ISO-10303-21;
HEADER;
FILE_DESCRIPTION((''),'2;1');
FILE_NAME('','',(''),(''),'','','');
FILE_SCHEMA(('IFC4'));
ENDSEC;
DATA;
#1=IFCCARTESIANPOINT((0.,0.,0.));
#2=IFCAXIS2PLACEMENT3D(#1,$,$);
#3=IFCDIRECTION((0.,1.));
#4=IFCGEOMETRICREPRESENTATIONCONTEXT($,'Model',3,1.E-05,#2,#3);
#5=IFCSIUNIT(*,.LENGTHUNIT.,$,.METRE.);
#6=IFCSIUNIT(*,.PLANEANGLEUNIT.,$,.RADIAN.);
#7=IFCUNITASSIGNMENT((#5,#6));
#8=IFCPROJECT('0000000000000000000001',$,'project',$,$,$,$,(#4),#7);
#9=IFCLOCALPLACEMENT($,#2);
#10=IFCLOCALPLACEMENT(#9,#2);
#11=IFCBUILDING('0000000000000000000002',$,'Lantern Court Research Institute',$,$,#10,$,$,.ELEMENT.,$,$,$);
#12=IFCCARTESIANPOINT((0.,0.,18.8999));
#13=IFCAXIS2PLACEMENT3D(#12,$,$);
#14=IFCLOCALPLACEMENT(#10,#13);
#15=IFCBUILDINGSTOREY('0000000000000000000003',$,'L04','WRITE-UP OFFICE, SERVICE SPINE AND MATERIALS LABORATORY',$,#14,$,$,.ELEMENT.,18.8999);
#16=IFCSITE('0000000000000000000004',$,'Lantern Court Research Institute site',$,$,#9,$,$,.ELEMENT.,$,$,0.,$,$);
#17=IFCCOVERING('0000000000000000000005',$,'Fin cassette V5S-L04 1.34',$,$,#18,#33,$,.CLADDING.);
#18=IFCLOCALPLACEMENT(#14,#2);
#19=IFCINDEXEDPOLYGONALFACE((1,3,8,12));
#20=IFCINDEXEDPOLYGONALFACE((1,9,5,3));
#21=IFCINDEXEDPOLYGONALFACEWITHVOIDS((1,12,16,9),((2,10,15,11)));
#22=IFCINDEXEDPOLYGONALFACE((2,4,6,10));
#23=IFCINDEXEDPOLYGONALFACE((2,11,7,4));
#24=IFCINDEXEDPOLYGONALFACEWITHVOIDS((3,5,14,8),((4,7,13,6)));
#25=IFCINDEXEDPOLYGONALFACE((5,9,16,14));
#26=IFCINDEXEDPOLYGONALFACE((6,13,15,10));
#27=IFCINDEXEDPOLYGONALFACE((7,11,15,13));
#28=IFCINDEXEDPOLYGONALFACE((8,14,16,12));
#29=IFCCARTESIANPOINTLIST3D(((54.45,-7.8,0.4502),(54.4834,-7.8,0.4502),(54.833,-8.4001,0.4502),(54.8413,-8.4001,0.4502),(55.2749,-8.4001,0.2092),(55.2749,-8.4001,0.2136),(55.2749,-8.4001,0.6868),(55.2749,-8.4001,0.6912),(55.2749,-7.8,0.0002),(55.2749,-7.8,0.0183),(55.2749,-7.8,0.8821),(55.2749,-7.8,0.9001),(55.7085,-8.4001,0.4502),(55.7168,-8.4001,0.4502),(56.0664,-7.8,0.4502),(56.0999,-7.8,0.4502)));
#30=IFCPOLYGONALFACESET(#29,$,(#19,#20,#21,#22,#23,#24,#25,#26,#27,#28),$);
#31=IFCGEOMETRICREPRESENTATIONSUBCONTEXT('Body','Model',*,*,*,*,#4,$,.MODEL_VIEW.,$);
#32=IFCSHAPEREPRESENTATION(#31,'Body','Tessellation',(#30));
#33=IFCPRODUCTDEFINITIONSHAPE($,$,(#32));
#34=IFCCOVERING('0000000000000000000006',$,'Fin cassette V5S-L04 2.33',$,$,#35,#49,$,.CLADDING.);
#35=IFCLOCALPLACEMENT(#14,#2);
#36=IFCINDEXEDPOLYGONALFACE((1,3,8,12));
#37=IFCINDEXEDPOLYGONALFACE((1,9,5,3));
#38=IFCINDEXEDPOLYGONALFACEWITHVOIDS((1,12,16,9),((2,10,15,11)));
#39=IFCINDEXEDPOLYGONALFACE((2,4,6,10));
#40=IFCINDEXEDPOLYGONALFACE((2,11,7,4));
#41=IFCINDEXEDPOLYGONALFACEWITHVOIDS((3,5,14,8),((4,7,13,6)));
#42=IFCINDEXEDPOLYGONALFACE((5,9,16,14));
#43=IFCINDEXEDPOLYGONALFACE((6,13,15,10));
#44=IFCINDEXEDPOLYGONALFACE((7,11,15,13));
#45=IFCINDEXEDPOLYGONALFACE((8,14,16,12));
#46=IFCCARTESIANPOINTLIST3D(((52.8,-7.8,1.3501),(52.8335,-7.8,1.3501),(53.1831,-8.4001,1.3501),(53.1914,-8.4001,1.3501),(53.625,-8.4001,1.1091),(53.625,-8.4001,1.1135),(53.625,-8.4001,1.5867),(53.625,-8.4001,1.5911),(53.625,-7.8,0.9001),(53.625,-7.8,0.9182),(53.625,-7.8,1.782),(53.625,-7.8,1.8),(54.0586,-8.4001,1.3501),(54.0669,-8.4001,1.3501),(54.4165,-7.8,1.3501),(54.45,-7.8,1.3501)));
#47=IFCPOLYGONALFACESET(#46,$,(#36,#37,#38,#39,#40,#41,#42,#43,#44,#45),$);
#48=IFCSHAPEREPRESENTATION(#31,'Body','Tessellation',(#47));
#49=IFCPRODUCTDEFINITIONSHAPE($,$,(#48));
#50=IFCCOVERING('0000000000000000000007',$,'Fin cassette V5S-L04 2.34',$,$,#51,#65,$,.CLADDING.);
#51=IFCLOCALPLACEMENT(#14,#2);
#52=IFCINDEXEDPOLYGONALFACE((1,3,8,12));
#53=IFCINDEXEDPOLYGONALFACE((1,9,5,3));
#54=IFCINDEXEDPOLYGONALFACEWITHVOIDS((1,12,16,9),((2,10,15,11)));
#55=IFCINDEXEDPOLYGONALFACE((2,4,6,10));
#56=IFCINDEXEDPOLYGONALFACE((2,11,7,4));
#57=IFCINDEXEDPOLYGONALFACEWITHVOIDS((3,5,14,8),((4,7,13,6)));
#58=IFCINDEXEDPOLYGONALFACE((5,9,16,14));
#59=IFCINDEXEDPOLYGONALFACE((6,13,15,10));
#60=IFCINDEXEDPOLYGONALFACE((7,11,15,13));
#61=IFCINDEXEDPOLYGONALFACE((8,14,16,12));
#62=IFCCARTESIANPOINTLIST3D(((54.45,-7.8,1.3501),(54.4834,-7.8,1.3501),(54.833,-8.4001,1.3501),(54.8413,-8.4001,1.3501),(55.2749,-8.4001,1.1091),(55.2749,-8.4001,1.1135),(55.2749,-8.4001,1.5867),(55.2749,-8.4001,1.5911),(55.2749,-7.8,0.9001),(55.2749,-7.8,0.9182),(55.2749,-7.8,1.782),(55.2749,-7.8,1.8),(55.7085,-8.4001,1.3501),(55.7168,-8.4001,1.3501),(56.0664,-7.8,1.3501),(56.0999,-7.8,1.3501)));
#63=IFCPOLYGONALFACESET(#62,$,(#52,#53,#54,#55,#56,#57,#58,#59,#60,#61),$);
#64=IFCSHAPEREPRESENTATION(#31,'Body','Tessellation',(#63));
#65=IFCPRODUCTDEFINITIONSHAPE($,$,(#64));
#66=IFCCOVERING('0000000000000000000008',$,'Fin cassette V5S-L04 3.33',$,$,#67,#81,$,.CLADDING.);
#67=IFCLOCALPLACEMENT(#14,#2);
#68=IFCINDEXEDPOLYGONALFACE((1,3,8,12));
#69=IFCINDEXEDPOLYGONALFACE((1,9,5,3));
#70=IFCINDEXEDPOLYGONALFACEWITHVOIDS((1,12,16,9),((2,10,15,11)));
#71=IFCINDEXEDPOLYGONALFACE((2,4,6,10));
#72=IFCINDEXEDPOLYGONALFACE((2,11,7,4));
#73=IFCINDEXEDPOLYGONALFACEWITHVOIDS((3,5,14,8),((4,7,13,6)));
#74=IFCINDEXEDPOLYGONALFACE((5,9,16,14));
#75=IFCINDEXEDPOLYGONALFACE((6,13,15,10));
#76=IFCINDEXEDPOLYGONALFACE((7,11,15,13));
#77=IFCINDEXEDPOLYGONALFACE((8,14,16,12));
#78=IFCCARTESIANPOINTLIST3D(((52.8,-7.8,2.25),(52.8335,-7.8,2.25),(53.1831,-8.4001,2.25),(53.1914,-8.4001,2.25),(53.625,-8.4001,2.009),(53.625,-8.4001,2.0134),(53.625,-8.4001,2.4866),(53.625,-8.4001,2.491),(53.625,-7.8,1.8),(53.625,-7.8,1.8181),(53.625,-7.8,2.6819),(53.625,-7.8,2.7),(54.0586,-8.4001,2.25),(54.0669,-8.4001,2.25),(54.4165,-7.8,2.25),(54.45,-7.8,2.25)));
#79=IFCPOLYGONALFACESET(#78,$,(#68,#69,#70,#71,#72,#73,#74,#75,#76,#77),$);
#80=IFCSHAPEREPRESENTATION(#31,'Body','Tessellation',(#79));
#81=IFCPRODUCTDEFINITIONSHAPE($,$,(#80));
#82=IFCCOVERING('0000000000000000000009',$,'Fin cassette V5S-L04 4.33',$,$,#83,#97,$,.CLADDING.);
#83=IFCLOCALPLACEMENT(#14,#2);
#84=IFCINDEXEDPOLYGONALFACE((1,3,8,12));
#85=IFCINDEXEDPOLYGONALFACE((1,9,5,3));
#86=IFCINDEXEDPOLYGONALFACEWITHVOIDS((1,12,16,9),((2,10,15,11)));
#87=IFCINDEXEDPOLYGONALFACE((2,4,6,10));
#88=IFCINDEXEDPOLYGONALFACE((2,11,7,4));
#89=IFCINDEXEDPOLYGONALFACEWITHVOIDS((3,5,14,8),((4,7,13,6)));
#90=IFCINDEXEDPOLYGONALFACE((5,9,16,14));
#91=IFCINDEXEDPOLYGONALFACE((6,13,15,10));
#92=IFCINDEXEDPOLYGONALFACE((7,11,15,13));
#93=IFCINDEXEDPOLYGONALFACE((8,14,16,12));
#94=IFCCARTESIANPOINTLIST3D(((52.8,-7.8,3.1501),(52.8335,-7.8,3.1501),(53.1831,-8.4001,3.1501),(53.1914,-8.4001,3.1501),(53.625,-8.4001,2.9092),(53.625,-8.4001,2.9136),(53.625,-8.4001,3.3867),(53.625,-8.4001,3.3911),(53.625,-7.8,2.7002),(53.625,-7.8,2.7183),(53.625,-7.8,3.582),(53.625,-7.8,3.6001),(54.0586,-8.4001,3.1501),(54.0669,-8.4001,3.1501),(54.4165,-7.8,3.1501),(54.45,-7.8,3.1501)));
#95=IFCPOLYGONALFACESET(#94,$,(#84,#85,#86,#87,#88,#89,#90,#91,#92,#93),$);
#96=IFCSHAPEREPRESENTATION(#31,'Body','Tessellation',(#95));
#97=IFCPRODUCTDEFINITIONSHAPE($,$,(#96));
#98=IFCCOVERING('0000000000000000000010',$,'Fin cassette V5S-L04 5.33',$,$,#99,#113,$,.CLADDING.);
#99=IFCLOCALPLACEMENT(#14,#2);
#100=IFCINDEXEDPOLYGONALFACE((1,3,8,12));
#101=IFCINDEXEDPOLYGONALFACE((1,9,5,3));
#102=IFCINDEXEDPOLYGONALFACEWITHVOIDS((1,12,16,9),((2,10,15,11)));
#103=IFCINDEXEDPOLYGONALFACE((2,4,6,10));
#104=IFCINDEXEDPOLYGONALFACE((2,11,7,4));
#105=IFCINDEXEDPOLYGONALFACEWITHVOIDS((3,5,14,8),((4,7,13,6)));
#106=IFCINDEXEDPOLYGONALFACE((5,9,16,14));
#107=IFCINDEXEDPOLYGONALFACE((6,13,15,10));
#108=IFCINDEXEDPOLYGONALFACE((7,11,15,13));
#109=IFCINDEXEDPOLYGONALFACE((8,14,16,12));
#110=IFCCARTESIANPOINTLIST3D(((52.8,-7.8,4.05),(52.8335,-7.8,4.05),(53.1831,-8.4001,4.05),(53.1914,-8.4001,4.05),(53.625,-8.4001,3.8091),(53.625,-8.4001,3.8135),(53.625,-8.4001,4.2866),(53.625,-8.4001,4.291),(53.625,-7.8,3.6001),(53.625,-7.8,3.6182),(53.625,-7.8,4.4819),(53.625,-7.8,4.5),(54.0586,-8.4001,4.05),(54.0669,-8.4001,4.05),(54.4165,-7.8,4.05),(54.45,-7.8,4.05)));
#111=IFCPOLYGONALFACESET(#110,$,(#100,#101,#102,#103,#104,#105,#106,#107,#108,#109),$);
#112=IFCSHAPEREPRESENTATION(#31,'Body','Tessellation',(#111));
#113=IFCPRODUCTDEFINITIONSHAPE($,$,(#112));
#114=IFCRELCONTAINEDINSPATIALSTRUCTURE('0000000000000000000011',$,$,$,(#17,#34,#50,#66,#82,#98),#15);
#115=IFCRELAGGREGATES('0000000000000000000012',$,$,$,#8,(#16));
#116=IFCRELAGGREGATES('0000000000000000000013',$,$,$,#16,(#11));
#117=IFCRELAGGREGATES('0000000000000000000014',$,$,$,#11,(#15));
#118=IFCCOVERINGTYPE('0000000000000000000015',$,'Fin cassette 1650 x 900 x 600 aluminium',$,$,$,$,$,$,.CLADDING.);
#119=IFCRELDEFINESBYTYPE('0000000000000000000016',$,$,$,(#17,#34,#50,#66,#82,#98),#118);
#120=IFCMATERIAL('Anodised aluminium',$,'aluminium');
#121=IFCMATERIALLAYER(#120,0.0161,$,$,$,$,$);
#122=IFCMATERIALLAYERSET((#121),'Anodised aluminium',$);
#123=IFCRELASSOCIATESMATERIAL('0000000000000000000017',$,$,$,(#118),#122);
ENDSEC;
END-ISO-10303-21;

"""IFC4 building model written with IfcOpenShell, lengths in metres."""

from ifc_helpers import new_model, entity, si_unit, direction, frame, origin, place, context, subcontext, project, spatial, material, layer, layer_set, type_object, element, save


model = new_model("IFC4")

# Units and contexts
model_context = context("Model", 3, precision=1e-05, world=origin(), true_north=direction((0.0, 1.0)))
body_context = subcontext(model_context, "Body", "Model", "MODEL_VIEW")
ifc_project = project(units=[si_unit("LENGTHUNIT", "METRE"), si_unit("PLANEANGLEUNIT", "RADIAN")], contexts=[model_context])

# Site, building, storey
site_placement = place(None, origin())
site = spatial("IfcSite", under=ifc_project, at=site_placement, Name="Lantern Court Research Institute site", CompositionType="ELEMENT", RefElevation=0.0)
building_placement = place(site_placement, origin())
building = spatial("IfcBuilding", under=site, at=building_placement, Name="Lantern Court Research Institute", CompositionType="ELEMENT")
storey_placement = place(building_placement, frame((0.0, 0.0, 18.8999)))
storey = spatial("IfcBuildingStorey", under=building, at=storey_placement, Name="L04", Description="WRITE-UP OFFICE, SERVICE SPINE AND MATERIALS LABORATORY", CompositionType="ELEMENT", Elevation=18.8999)

# Coverings
ifc_material_1 = material(Name="Anodised aluminium", Category="aluminium")
ifc_layer_1 = layer(ifc_material_1, 0.0161)
ifc_layer_set_1 = layer_set([ifc_layer_1], Name="Anodised aluminium")
covering_type = type_object("IfcCoveringType", Name="Fin cassette 1650 x 900 x 600 aluminium", PredefinedType="CLADDING", material=ifc_layer_set_1)
covering_1_placement = place(storey_placement, frame((55.2749, -7.8, 0.4502), z_axis=(0.0, -1.0, 0.0), x_axis=(1.0, 0.0, 0.0)))
cartesian_point_1 = entity("IfcCartesianPoint", [0.825, 0.0])
cartesian_point_2 = entity("IfcCartesianPoint", [0.7915, 0.0])
cartesian_point_3 = entity("IfcCartesianPoint", [0.4419, 0.0])
cartesian_point_4 = entity("IfcCartesianPoint", [0.4336, 0.0])
element("IfcCovering", 1, at=covering_1_placement, inside=storey, type_object=covering_type, Name="Fin cassette V5S-L04 1.34", PredefinedType="CLADDING", context=body_context, shape_type="SweptSolid", body=[
    entity("IfcExtrudedAreaSolidTapered", entity("IfcArbitraryProfileDefWithVoids", "AREA", None, entity("IfcPolyline", [cartesian_point_1, entity("IfcCartesianPoint", [0.0, 0.45]), entity("IfcCartesianPoint", [-0.825, 0.0]), entity("IfcCartesianPoint", [0.0, -0.45]), cartesian_point_1]), [entity("IfcPolyline", [cartesian_point_2, entity("IfcCartesianPoint", [0.0, 0.4319]), entity("IfcCartesianPoint", [-0.7915, 0.0]), entity("IfcCartesianPoint", [0.0, -0.4319]), cartesian_point_2])]), entity("IfcAxis2Placement3D", entity("IfcCartesianPoint", [0.0, 0.0, 0.0])), entity("IfcDirection", [0.0, 0.0, 1.0]), 0.6001, entity("IfcArbitraryProfileDefWithVoids", "AREA", None, entity("IfcPolyline", [cartesian_point_3, entity("IfcCartesianPoint", [0.0, 0.241]), entity("IfcCartesianPoint", [-0.4419, 0.0]), entity("IfcCartesianPoint", [0.0, -0.241]), cartesian_point_3]), [entity("IfcPolyline", [cartesian_point_4, entity("IfcCartesianPoint", [0.0, 0.2366]), entity("IfcCartesianPoint", [-0.4336, 0.0]), entity("IfcCartesianPoint", [0.0, -0.2366]), cartesian_point_4])])),
])
covering_2_placement = place(storey_placement, frame((53.625, -7.8, 1.3501), z_axis=(0.0, -1.0, 0.0), x_axis=(1.0, 0.0, 0.0)))
cartesian_point_5 = entity("IfcCartesianPoint", [0.825, 0.0])
cartesian_point_6 = entity("IfcCartesianPoint", [0.7915, 0.0])
cartesian_point_7 = entity("IfcCartesianPoint", [0.4419, 0.0])
cartesian_point_8 = entity("IfcCartesianPoint", [0.4336, 0.0])
element("IfcCovering", 2, at=covering_2_placement, inside=storey, type_object=covering_type, Name="Fin cassette V5S-L04 2.33", PredefinedType="CLADDING", context=body_context, shape_type="SweptSolid", body=[
    entity("IfcExtrudedAreaSolidTapered", entity("IfcArbitraryProfileDefWithVoids", "AREA", None, entity("IfcPolyline", [cartesian_point_5, entity("IfcCartesianPoint", [0.0, 0.45]), entity("IfcCartesianPoint", [-0.825, 0.0]), entity("IfcCartesianPoint", [0.0, -0.45]), cartesian_point_5]), [entity("IfcPolyline", [cartesian_point_6, entity("IfcCartesianPoint", [0.0, 0.4319]), entity("IfcCartesianPoint", [-0.7915, 0.0]), entity("IfcCartesianPoint", [0.0, -0.4319]), cartesian_point_6])]), entity("IfcAxis2Placement3D", entity("IfcCartesianPoint", [0.0, 0.0, 0.0])), entity("IfcDirection", [0.0, 0.0, 1.0]), 0.6001, entity("IfcArbitraryProfileDefWithVoids", "AREA", None, entity("IfcPolyline", [cartesian_point_7, entity("IfcCartesianPoint", [0.0, 0.241]), entity("IfcCartesianPoint", [-0.4419, 0.0]), entity("IfcCartesianPoint", [0.0, -0.241]), cartesian_point_7]), [entity("IfcPolyline", [cartesian_point_8, entity("IfcCartesianPoint", [0.0, 0.2366]), entity("IfcCartesianPoint", [-0.4336, 0.0]), entity("IfcCartesianPoint", [0.0, -0.2366]), cartesian_point_8])])),
])
covering_3_placement = place(storey_placement, frame((55.2749, -7.8, 1.3501), z_axis=(0.0, -1.0, 0.0), x_axis=(1.0, 0.0, 0.0)))
cartesian_point_9 = entity("IfcCartesianPoint", [0.825, 0.0])
cartesian_point_10 = entity("IfcCartesianPoint", [0.7915, 0.0])
cartesian_point_11 = entity("IfcCartesianPoint", [0.4419, 0.0])
cartesian_point_12 = entity("IfcCartesianPoint", [0.4336, 0.0])
element("IfcCovering", 3, at=covering_3_placement, inside=storey, type_object=covering_type, Name="Fin cassette V5S-L04 2.34", PredefinedType="CLADDING", context=body_context, shape_type="SweptSolid", body=[
    entity("IfcExtrudedAreaSolidTapered", entity("IfcArbitraryProfileDefWithVoids", "AREA", None, entity("IfcPolyline", [cartesian_point_9, entity("IfcCartesianPoint", [0.0, 0.45]), entity("IfcCartesianPoint", [-0.825, 0.0]), entity("IfcCartesianPoint", [0.0, -0.45]), cartesian_point_9]), [entity("IfcPolyline", [cartesian_point_10, entity("IfcCartesianPoint", [0.0, 0.4319]), entity("IfcCartesianPoint", [-0.7915, 0.0]), entity("IfcCartesianPoint", [0.0, -0.4319]), cartesian_point_10])]), entity("IfcAxis2Placement3D", entity("IfcCartesianPoint", [0.0, 0.0, 0.0])), entity("IfcDirection", [0.0, 0.0, 1.0]), 0.6001, entity("IfcArbitraryProfileDefWithVoids", "AREA", None, entity("IfcPolyline", [cartesian_point_11, entity("IfcCartesianPoint", [0.0, 0.241]), entity("IfcCartesianPoint", [-0.4419, 0.0]), entity("IfcCartesianPoint", [0.0, -0.241]), cartesian_point_11]), [entity("IfcPolyline", [cartesian_point_12, entity("IfcCartesianPoint", [0.0, 0.2366]), entity("IfcCartesianPoint", [-0.4336, 0.0]), entity("IfcCartesianPoint", [0.0, -0.2366]), cartesian_point_12])])),
])
covering_4_placement = place(storey_placement, frame((53.625, -7.8, 2.25), z_axis=(0.0, -1.0, 0.0), x_axis=(1.0, 0.0, 0.0)))
cartesian_point_13 = entity("IfcCartesianPoint", [0.825, 0.0])
cartesian_point_14 = entity("IfcCartesianPoint", [0.7915, 0.0])
cartesian_point_15 = entity("IfcCartesianPoint", [0.4419, 0.0])
cartesian_point_16 = entity("IfcCartesianPoint", [0.4336, 0.0])
element("IfcCovering", 4, at=covering_4_placement, inside=storey, type_object=covering_type, Name="Fin cassette V5S-L04 3.33", PredefinedType="CLADDING", context=body_context, shape_type="SweptSolid", body=[
    entity("IfcExtrudedAreaSolidTapered", entity("IfcArbitraryProfileDefWithVoids", "AREA", None, entity("IfcPolyline", [cartesian_point_13, entity("IfcCartesianPoint", [0.0, 0.45]), entity("IfcCartesianPoint", [-0.825, 0.0]), entity("IfcCartesianPoint", [0.0, -0.45]), cartesian_point_13]), [entity("IfcPolyline", [cartesian_point_14, entity("IfcCartesianPoint", [0.0, 0.4319]), entity("IfcCartesianPoint", [-0.7915, 0.0]), entity("IfcCartesianPoint", [0.0, -0.4319]), cartesian_point_14])]), entity("IfcAxis2Placement3D", entity("IfcCartesianPoint", [0.0, 0.0, 0.0])), entity("IfcDirection", [0.0, 0.0, 1.0]), 0.6001, entity("IfcArbitraryProfileDefWithVoids", "AREA", None, entity("IfcPolyline", [cartesian_point_15, entity("IfcCartesianPoint", [0.0, 0.241]), entity("IfcCartesianPoint", [-0.4419, 0.0]), entity("IfcCartesianPoint", [0.0, -0.241]), cartesian_point_15]), [entity("IfcPolyline", [cartesian_point_16, entity("IfcCartesianPoint", [0.0, 0.2366]), entity("IfcCartesianPoint", [-0.4336, 0.0]), entity("IfcCartesianPoint", [0.0, -0.2366]), cartesian_point_16])])),
])
covering_5_placement = place(storey_placement, frame((53.625, -7.8, 3.1501), z_axis=(0.0, -1.0, 0.0), x_axis=(1.0, 0.0, 0.0)))
cartesian_point_17 = entity("IfcCartesianPoint", [0.825, 0.0])
cartesian_point_18 = entity("IfcCartesianPoint", [0.7915, 0.0])
cartesian_point_19 = entity("IfcCartesianPoint", [0.4419, 0.0])
cartesian_point_20 = entity("IfcCartesianPoint", [0.4336, 0.0])
element("IfcCovering", 5, at=covering_5_placement, inside=storey, type_object=covering_type, Name="Fin cassette V5S-L04 4.33", PredefinedType="CLADDING", context=body_context, shape_type="SweptSolid", body=[
    entity("IfcExtrudedAreaSolidTapered", entity("IfcArbitraryProfileDefWithVoids", "AREA", None, entity("IfcPolyline", [cartesian_point_17, entity("IfcCartesianPoint", [0.0, 0.45]), entity("IfcCartesianPoint", [-0.825, 0.0]), entity("IfcCartesianPoint", [0.0, -0.45]), cartesian_point_17]), [entity("IfcPolyline", [cartesian_point_18, entity("IfcCartesianPoint", [0.0, 0.4319]), entity("IfcCartesianPoint", [-0.7915, 0.0]), entity("IfcCartesianPoint", [0.0, -0.4319]), cartesian_point_18])]), entity("IfcAxis2Placement3D", entity("IfcCartesianPoint", [0.0, 0.0, 0.0])), entity("IfcDirection", [0.0, 0.0, 1.0]), 0.6001, entity("IfcArbitraryProfileDefWithVoids", "AREA", None, entity("IfcPolyline", [cartesian_point_19, entity("IfcCartesianPoint", [0.0, 0.241]), entity("IfcCartesianPoint", [-0.4419, 0.0]), entity("IfcCartesianPoint", [0.0, -0.241]), cartesian_point_19]), [entity("IfcPolyline", [cartesian_point_20, entity("IfcCartesianPoint", [0.0, 0.2366]), entity("IfcCartesianPoint", [-0.4336, 0.0]), entity("IfcCartesianPoint", [0.0, -0.2366]), cartesian_point_20])])),
])
covering_6_placement = place(storey_placement, frame((53.625, -7.8, 4.05), z_axis=(0.0, -1.0, 0.0), x_axis=(1.0, 0.0, 0.0)))
cartesian_point_21 = entity("IfcCartesianPoint", [0.825, 0.0])
cartesian_point_22 = entity("IfcCartesianPoint", [0.7915, 0.0])
cartesian_point_23 = entity("IfcCartesianPoint", [0.4419, 0.0])
cartesian_point_24 = entity("IfcCartesianPoint", [0.4336, 0.0])
element("IfcCovering", 6, at=covering_6_placement, inside=storey, type_object=covering_type, Name="Fin cassette V5S-L04 5.33", PredefinedType="CLADDING", context=body_context, shape_type="SweptSolid", body=[
    entity("IfcExtrudedAreaSolidTapered", entity("IfcArbitraryProfileDefWithVoids", "AREA", None, entity("IfcPolyline", [cartesian_point_21, entity("IfcCartesianPoint", [0.0, 0.45]), entity("IfcCartesianPoint", [-0.825, 0.0]), entity("IfcCartesianPoint", [0.0, -0.45]), cartesian_point_21]), [entity("IfcPolyline", [cartesian_point_22, entity("IfcCartesianPoint", [0.0, 0.4319]), entity("IfcCartesianPoint", [-0.7915, 0.0]), entity("IfcCartesianPoint", [0.0, -0.4319]), cartesian_point_22])]), entity("IfcAxis2Placement3D", entity("IfcCartesianPoint", [0.0, 0.0, 0.0])), entity("IfcDirection", [0.0, 0.0, 1.0]), 0.6001, entity("IfcArbitraryProfileDefWithVoids", "AREA", None, entity("IfcPolyline", [cartesian_point_23, entity("IfcCartesianPoint", [0.0, 0.241]), entity("IfcCartesianPoint", [-0.4419, 0.0]), entity("IfcCartesianPoint", [0.0, -0.241]), cartesian_point_23]), [entity("IfcPolyline", [cartesian_point_24, entity("IfcCartesianPoint", [0.0, 0.2366]), entity("IfcCartesianPoint", [-0.4336, 0.0]), entity("IfcCartesianPoint", [0.0, -0.2366]), cartesian_point_24])])),
])

save(model, "model.ifc")
